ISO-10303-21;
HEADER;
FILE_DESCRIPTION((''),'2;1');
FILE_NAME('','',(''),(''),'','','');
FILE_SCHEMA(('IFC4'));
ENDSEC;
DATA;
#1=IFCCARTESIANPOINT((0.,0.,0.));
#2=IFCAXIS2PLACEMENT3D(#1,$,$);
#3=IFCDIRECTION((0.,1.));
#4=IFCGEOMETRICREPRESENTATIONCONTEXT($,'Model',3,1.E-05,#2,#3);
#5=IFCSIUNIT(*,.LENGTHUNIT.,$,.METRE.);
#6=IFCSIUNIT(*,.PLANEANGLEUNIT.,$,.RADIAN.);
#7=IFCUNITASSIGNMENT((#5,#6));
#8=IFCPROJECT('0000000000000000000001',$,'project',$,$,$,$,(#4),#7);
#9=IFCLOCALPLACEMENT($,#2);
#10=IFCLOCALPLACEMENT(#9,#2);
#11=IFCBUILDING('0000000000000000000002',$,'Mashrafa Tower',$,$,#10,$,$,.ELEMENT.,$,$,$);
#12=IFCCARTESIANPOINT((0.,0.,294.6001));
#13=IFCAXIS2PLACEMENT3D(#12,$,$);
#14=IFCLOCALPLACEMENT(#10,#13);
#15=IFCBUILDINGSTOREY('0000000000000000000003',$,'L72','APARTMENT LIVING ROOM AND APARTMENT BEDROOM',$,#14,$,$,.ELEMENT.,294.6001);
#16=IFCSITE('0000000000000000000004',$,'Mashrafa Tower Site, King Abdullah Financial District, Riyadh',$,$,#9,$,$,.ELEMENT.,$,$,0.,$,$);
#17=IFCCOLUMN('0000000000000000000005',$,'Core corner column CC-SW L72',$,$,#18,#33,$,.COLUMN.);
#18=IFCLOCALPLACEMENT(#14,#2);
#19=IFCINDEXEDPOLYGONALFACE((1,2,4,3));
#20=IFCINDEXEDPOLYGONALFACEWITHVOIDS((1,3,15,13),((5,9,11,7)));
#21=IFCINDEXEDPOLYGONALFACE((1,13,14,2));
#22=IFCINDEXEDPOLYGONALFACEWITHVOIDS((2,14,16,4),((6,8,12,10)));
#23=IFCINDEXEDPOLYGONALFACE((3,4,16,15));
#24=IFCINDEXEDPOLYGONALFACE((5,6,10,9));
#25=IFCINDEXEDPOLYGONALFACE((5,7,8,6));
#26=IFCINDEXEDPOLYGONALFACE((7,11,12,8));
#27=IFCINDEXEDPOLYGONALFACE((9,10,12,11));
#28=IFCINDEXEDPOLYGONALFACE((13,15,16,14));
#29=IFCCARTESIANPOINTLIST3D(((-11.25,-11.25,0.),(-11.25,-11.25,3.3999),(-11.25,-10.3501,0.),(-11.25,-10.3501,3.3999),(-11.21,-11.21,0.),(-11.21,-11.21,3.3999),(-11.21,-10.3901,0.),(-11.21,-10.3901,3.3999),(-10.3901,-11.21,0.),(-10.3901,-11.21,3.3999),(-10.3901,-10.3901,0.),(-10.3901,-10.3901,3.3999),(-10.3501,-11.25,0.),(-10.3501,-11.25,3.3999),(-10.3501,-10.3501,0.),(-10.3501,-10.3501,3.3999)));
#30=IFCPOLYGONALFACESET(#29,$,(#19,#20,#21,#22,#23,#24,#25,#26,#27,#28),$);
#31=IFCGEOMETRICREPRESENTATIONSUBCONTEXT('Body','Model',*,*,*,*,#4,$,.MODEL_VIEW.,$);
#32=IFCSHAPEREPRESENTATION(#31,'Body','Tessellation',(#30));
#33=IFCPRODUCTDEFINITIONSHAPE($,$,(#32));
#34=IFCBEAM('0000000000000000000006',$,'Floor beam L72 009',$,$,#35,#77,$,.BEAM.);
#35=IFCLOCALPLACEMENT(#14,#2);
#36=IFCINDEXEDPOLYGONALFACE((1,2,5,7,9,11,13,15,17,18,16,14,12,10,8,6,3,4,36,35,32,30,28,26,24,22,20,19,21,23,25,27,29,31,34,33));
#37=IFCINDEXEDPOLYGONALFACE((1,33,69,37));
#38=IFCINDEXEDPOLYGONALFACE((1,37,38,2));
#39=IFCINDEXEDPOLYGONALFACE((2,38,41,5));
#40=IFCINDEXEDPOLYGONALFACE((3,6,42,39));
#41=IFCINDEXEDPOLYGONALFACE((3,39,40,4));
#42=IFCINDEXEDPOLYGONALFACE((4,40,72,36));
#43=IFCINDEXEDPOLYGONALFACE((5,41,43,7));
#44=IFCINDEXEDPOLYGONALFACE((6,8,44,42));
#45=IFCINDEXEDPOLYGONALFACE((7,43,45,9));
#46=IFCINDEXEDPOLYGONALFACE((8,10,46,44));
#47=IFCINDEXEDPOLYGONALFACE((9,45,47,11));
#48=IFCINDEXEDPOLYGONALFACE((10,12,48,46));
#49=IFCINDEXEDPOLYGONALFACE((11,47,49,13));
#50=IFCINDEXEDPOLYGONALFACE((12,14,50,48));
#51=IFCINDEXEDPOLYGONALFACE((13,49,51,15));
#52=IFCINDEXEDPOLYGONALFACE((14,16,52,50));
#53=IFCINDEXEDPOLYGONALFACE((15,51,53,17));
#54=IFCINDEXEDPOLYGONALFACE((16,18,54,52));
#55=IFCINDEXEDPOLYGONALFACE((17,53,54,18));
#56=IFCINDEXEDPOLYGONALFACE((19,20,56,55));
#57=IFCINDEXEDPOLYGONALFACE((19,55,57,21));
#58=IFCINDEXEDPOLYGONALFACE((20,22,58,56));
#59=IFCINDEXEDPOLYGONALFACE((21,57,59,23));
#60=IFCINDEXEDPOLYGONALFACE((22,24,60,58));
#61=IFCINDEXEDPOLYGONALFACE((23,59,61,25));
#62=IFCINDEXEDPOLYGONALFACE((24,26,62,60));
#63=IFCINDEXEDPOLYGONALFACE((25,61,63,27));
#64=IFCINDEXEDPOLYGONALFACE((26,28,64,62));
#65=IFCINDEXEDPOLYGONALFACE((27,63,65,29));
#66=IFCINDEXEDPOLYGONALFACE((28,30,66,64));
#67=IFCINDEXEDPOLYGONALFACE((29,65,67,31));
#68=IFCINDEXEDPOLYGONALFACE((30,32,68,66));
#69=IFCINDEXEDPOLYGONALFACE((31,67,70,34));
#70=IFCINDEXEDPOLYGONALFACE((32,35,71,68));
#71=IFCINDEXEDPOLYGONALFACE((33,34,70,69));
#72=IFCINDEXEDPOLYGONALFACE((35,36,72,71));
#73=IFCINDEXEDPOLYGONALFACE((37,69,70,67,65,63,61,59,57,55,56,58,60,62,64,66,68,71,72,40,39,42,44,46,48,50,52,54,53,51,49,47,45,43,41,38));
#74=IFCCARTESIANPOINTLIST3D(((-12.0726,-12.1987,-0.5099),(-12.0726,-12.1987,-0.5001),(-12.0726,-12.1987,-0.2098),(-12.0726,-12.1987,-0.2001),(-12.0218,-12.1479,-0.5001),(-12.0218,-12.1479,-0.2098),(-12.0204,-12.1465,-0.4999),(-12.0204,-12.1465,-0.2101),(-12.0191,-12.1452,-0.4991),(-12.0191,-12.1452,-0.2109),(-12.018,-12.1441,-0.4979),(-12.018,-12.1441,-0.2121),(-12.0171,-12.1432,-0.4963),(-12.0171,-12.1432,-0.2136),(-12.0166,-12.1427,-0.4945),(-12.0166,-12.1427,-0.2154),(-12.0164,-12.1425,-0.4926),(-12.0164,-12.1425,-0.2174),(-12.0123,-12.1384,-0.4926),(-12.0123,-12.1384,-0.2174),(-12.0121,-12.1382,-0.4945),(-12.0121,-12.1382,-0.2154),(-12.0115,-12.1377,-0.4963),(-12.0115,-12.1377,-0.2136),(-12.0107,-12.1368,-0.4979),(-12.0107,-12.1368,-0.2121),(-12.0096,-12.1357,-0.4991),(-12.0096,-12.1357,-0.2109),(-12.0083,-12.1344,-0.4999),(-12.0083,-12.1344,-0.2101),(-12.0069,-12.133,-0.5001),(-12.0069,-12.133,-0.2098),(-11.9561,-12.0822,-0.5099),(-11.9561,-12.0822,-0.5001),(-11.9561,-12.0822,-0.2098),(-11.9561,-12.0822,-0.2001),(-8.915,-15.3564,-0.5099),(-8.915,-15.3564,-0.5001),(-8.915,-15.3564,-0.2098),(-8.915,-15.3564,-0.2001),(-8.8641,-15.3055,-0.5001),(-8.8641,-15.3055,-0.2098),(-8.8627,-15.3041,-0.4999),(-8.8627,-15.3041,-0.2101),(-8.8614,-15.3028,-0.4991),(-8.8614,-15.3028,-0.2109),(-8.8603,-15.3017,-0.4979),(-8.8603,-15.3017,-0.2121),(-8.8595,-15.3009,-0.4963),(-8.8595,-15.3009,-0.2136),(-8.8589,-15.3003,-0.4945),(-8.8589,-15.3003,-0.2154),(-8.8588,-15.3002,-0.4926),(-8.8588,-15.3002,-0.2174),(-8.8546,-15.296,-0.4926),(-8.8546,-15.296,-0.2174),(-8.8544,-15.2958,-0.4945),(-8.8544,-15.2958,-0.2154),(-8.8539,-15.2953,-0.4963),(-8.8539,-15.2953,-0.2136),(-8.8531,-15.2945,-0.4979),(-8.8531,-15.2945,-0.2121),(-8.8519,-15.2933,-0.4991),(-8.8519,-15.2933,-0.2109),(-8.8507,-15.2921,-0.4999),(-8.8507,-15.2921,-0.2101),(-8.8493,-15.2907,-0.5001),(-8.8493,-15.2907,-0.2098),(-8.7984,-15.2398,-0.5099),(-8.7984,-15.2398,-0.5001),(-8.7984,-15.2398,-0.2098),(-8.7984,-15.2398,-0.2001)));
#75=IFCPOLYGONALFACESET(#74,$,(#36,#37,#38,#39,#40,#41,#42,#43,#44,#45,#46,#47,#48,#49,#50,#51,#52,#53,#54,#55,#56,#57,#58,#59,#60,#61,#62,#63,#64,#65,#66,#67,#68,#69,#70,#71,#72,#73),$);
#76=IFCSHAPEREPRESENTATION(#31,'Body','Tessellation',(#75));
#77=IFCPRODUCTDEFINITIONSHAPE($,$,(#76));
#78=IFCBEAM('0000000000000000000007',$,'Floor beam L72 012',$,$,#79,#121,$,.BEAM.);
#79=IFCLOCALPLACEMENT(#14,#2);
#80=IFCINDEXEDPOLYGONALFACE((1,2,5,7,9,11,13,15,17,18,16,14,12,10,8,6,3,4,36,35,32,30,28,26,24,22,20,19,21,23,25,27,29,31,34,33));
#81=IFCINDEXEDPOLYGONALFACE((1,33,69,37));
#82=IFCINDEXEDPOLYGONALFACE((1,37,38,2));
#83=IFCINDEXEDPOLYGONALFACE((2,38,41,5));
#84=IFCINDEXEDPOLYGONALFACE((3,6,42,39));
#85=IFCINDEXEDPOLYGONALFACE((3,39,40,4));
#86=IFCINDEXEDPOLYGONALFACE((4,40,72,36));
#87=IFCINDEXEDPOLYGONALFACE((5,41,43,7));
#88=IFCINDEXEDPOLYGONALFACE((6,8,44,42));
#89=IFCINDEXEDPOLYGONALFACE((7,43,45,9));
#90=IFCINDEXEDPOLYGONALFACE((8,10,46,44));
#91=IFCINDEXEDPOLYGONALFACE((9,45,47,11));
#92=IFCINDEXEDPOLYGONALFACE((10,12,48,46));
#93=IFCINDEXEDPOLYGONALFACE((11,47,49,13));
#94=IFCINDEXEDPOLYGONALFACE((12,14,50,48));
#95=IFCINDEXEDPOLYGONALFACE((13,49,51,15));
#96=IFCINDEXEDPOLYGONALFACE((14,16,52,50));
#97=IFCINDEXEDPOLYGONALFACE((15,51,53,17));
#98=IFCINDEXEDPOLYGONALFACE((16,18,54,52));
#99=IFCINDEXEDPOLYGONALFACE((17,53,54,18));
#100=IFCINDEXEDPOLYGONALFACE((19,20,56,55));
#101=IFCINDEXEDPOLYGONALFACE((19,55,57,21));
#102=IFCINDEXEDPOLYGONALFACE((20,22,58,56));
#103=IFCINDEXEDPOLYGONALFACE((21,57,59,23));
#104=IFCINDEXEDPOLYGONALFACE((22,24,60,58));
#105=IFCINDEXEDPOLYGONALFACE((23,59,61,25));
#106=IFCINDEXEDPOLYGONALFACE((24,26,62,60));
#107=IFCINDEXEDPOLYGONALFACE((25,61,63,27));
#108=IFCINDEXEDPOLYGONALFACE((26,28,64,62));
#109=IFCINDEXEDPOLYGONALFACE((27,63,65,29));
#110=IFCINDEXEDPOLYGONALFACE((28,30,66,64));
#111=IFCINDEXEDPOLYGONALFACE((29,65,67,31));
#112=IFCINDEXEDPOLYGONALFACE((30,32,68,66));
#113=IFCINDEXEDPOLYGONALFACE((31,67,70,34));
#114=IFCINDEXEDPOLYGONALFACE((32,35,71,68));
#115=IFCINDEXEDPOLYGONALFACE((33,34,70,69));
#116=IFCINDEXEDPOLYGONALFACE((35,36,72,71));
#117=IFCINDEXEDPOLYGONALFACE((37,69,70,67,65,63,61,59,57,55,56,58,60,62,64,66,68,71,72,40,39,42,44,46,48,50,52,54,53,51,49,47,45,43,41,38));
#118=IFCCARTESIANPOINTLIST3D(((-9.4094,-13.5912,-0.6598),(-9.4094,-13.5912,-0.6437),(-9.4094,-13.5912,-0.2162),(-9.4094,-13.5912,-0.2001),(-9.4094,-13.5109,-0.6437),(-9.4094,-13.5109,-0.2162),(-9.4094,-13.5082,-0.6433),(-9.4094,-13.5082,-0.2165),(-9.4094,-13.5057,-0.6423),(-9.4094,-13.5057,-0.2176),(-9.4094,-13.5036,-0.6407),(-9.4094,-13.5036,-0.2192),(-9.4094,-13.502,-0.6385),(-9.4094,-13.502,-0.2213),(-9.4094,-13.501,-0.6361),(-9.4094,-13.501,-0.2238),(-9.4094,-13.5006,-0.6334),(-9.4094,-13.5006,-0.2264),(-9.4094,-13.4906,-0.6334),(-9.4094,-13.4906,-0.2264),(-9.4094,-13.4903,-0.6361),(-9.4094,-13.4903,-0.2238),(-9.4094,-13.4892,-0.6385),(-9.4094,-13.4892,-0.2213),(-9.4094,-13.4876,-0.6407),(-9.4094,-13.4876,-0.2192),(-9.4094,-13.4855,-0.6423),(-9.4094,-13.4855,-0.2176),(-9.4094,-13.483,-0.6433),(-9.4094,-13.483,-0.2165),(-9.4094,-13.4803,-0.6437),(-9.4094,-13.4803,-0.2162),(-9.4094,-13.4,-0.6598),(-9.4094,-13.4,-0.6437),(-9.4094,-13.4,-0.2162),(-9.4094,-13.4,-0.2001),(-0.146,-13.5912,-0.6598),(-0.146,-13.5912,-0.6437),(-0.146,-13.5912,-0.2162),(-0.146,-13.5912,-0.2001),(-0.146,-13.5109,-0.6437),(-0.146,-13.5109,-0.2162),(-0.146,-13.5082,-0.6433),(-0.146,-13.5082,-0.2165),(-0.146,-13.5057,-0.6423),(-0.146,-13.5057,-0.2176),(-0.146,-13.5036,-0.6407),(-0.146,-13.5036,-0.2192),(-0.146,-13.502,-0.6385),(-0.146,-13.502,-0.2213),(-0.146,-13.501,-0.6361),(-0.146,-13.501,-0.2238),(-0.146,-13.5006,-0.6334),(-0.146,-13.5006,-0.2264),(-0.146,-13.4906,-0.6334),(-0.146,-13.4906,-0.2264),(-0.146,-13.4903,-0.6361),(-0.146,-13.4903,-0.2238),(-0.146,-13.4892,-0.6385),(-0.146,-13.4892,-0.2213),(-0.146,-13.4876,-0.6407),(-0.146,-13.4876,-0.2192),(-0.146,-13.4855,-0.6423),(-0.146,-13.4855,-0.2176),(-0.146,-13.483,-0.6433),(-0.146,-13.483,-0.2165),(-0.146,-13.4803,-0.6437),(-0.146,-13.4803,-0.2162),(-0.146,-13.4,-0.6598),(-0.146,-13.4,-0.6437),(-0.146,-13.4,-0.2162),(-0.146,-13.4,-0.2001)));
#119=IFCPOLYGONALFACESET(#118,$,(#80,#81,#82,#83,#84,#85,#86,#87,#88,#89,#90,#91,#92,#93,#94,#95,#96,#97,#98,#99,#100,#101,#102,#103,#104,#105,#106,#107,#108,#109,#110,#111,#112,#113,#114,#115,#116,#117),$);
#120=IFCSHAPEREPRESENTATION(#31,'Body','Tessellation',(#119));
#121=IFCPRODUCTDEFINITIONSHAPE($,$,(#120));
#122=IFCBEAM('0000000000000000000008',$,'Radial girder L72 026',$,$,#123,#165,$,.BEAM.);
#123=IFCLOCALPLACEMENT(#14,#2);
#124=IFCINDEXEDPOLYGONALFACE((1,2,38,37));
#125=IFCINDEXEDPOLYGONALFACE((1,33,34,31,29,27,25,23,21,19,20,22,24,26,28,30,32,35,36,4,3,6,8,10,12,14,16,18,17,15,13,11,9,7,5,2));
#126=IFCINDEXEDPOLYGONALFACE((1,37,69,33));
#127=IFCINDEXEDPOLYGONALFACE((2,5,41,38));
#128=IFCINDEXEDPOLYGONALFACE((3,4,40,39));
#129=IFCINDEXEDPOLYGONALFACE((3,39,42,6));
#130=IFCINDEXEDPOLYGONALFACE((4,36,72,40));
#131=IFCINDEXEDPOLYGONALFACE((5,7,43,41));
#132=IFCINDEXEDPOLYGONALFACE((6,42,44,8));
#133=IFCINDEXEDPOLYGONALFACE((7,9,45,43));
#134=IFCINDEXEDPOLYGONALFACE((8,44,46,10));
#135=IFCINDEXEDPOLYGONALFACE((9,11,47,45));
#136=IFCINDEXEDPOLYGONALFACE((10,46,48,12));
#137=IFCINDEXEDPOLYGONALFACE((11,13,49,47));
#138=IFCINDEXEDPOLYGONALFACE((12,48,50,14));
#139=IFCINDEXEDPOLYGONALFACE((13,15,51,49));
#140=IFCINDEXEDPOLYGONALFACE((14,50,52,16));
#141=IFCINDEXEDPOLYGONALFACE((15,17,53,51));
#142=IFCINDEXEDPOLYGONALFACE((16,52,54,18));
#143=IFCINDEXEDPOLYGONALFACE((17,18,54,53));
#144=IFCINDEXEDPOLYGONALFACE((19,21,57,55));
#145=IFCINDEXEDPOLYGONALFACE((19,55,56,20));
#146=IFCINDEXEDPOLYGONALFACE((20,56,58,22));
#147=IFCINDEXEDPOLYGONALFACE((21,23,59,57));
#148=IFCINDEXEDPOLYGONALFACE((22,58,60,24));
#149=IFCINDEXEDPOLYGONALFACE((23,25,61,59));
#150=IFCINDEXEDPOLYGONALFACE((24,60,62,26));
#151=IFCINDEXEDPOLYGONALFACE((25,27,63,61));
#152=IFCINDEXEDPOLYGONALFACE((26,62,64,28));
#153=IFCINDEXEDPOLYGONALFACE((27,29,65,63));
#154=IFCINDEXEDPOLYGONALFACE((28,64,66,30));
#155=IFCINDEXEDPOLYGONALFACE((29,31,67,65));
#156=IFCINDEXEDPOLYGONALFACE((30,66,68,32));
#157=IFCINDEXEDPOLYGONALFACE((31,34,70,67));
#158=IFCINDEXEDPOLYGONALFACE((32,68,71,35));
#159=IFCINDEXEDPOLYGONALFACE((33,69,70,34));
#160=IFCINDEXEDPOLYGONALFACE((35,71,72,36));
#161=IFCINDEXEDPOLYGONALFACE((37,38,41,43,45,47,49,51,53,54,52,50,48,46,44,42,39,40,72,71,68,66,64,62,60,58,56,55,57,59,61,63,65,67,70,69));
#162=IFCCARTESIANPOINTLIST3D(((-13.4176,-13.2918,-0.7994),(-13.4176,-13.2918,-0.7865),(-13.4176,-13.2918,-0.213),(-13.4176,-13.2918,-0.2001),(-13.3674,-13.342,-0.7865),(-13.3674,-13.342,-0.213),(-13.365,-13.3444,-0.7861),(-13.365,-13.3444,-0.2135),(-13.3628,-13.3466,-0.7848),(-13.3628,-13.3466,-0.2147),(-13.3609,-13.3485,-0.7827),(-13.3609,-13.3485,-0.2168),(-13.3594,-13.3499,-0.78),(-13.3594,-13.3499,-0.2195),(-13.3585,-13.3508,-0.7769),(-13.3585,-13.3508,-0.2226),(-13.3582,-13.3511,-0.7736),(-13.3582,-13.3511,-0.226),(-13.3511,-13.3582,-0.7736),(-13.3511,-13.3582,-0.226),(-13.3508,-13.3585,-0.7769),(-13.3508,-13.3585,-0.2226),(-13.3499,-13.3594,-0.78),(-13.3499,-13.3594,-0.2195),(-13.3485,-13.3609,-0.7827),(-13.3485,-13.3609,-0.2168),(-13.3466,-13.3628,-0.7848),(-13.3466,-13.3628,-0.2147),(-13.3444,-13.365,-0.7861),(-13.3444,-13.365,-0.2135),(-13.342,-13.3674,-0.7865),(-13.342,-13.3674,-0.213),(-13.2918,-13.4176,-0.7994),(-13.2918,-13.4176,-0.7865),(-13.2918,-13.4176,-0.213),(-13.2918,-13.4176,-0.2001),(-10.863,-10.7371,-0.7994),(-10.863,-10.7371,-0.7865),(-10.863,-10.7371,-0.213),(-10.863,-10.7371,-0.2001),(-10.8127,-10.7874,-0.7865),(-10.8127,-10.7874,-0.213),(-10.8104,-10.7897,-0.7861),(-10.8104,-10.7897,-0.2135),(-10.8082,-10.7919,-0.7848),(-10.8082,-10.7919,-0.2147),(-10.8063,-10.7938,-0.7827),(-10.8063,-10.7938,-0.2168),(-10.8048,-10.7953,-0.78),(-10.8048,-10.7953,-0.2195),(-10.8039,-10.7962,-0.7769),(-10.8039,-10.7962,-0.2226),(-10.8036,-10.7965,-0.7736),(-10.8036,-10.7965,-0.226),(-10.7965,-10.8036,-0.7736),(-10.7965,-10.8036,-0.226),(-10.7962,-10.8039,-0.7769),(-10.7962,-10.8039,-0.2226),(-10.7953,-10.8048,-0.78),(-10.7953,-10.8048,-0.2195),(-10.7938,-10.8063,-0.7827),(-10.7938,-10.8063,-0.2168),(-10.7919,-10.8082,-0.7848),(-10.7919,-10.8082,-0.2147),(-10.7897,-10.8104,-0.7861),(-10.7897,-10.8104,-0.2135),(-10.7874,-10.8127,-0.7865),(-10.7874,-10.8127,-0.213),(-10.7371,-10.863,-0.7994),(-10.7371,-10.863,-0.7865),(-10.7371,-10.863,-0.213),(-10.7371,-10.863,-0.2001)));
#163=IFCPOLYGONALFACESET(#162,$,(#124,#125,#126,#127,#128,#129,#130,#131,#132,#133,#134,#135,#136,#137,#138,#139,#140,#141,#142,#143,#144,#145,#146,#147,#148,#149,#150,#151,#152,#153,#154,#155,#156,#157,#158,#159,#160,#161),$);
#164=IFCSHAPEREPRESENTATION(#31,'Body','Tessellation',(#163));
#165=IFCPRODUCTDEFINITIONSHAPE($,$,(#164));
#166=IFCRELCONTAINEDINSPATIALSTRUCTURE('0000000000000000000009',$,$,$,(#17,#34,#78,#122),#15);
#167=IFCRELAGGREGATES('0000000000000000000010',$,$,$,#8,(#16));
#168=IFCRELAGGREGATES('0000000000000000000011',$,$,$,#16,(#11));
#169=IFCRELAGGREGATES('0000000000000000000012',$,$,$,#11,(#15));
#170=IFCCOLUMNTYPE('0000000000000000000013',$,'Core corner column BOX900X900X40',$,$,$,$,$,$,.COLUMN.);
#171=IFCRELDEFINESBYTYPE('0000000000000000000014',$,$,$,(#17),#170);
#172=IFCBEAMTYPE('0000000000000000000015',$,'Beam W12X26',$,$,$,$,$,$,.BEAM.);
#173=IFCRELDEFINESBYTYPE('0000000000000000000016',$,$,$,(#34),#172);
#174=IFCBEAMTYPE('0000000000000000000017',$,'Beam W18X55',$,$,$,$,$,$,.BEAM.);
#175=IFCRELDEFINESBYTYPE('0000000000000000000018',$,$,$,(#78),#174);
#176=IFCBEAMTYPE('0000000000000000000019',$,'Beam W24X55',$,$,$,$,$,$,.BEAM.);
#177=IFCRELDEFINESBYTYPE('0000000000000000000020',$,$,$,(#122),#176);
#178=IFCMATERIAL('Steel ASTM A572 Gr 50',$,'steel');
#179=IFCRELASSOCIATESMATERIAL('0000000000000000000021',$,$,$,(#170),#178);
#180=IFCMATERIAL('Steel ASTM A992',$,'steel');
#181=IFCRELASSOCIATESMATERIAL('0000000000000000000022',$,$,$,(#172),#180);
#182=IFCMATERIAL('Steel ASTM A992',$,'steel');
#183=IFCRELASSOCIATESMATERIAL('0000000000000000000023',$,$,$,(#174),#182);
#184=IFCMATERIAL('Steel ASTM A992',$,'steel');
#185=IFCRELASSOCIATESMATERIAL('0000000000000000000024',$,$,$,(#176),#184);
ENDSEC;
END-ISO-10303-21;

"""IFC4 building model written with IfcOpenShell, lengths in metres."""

from ifc_helpers import new_model, si_unit, direction, frame, origin, origin_2d, place, context, subcontext, project, spatial, hollow_rectangle, i_section, extrude, material, material_profile, profile_set, type_object, element, save


model = new_model("IFC4")

# Units and contexts
model_context = context("Model", 3, precision=1e-05, world=origin(), true_north=direction((0.0, 1.0)))
body_context = subcontext(model_context, "Body", "Model", "MODEL_VIEW")
ifc_project = project(units=[si_unit("LENGTHUNIT", "METRE"), si_unit("PLANEANGLEUNIT", "RADIAN")], contexts=[model_context])

# Site, building, storey
site_placement = place(None, origin())
site = spatial("IfcSite", under=ifc_project, at=site_placement, Name="Mashrafa Tower Site, King Abdullah Financial District, Riyadh", CompositionType="ELEMENT", RefElevation=0.0)
building_placement = place(site_placement, origin())
building = spatial("IfcBuilding", under=site, at=building_placement, Name="Mashrafa Tower", CompositionType="ELEMENT")
storey_placement = place(building_placement, frame((0.0, 0.0, 294.6001)))
storey = spatial("IfcBuildingStorey", under=building, at=storey_placement, Name="L72", Description="APARTMENT LIVING ROOM AND APARTMENT BEDROOM", CompositionType="ELEMENT", Elevation=294.6001)

# Column
ifc_material_1 = material(Name="Steel ASTM A572 Gr 50", Category="steel")
ifc_material_profile_1 = material_profile(ifc_material_1, hollow_rectangle(XDim=0.8999, YDim=0.8999, WallThickness=0.04, at=origin_2d()), Name="BOX900X900X40")
ifc_profile_set_1 = profile_set([ifc_material_profile_1], Name="Steel ASTM A572 Gr 50")
column_type = type_object("IfcColumnType", Name="Core corner column BOX900X900X40", PredefinedType="COLUMN", material=ifc_profile_set_1)
column_placement = place(storey_placement, frame((-10.8, -10.8, 0.0), z_axis=(0.0, 0.0, 1.0), x_axis=(1.0, 0.0, 0.0)))
element("IfcColumn", 1, at=column_placement, inside=storey, type_object=column_type, Name="Core corner column CC-SW L72", PredefinedType="COLUMN", context=body_context, shape_type="SweptSolid", body=[
    extrude(hollow_rectangle(XDim=0.8999, YDim=0.8999, WallThickness=0.04, at=origin_2d()), origin(), (0.0, 0.0, 1.0), 3.3999),
])

# Beams
ifc_material_2 = material(Name="Steel ASTM A992", Category="steel")
ifc_material_profile_2 = material_profile(ifc_material_2, i_section(OverallWidth=0.1648, OverallDepth=0.3098, WebThickness=0.0059, FlangeThickness=0.0098, FilletRadius=0.0076, at=origin_2d()), Name="W12X26")
ifc_profile_set_2 = profile_set([ifc_material_profile_2], Name="Steel ASTM A992")
beam_type_1 = type_object("IfcBeamType", Name="Beam W12X26", PredefinedType="BEAM", material=ifc_profile_set_2)
beam_1_placement = place(storey_placement, frame((-8.8567, -15.2981, -0.355), z_axis=(-0.707107, 0.707107, 0.0), x_axis=(-0.707107, -0.707107, 0.0)))
element("IfcBeam", 2, at=beam_1_placement, inside=storey, type_object=beam_type_1, Name="Floor beam L72 009", PredefinedType="BEAM", context=body_context, shape_type="SweptSolid", body=[
    extrude(i_section(OverallWidth=0.1648, OverallDepth=0.3098, WebThickness=0.0059, FlangeThickness=0.0098, FilletRadius=0.0076, at=origin_2d()), origin(), (0.0, 0.0, 1.0), 4.4656),
])
ifc_material_3 = material(Name="Steel ASTM A992", Category="steel")
ifc_material_profile_3 = material_profile(ifc_material_3, i_section(OverallWidth=0.1912, OverallDepth=0.4597, WebThickness=0.01, FlangeThickness=0.0161, FilletRadius=0.0103, at=origin_2d()), Name="W18X55")
ifc_profile_set_3 = profile_set([ifc_material_profile_3], Name="Steel ASTM A992")
beam_type_2 = type_object("IfcBeamType", Name="Beam W18X55", PredefinedType="BEAM", material=ifc_profile_set_3)
beam_2_placement = place(storey_placement, frame((-0.146, -13.4956, -0.4299), z_axis=(-1.0, 0.0, 0.0), x_axis=(0.0, -1.0, 0.0)))
element("IfcBeam", 3, at=beam_2_placement, inside=storey, type_object=beam_type_2, Name="Floor beam L72 012", PredefinedType="BEAM", context=body_context, shape_type="SweptSolid", body=[
    extrude(i_section(OverallWidth=0.1912, OverallDepth=0.4597, WebThickness=0.01, FlangeThickness=0.0161, FilletRadius=0.0103, at=origin_2d()), origin(), (0.0, 0.0, 1.0), 9.2634),
])
ifc_material_4 = material(Name="Steel ASTM A992", Category="steel")
ifc_material_profile_4 = material_profile(ifc_material_4, i_section(OverallWidth=0.178, OverallDepth=0.5994, WebThickness=0.01, FlangeThickness=0.0129, FilletRadius=0.0129, at=origin_2d()), Name="W24X55")
ifc_profile_set_4 = profile_set([ifc_material_profile_4], Name="Steel ASTM A992")
beam_type_3 = type_object("IfcBeamType", Name="Beam W24X55", PredefinedType="BEAM", material=ifc_profile_set_4)
beam_3_placement = place(storey_placement, frame((-10.8, -10.8, -0.4998), z_axis=(-0.707107, -0.707107, 0.0), x_axis=(0.707107, -0.707107, 0.0)))
element("IfcBeam", 4, at=beam_3_placement, inside=storey, type_object=beam_type_3, Name="Radial girder L72 026", PredefinedType="BEAM", context=body_context, shape_type="SweptSolid", body=[
    extrude(i_section(OverallWidth=0.178, OverallDepth=0.5994, WebThickness=0.01, FlangeThickness=0.0129, FilletRadius=0.0129, at=origin_2d()), origin(), (0.0, 0.0, 1.0), 3.6128),
])

save(model, "model.ifc")
